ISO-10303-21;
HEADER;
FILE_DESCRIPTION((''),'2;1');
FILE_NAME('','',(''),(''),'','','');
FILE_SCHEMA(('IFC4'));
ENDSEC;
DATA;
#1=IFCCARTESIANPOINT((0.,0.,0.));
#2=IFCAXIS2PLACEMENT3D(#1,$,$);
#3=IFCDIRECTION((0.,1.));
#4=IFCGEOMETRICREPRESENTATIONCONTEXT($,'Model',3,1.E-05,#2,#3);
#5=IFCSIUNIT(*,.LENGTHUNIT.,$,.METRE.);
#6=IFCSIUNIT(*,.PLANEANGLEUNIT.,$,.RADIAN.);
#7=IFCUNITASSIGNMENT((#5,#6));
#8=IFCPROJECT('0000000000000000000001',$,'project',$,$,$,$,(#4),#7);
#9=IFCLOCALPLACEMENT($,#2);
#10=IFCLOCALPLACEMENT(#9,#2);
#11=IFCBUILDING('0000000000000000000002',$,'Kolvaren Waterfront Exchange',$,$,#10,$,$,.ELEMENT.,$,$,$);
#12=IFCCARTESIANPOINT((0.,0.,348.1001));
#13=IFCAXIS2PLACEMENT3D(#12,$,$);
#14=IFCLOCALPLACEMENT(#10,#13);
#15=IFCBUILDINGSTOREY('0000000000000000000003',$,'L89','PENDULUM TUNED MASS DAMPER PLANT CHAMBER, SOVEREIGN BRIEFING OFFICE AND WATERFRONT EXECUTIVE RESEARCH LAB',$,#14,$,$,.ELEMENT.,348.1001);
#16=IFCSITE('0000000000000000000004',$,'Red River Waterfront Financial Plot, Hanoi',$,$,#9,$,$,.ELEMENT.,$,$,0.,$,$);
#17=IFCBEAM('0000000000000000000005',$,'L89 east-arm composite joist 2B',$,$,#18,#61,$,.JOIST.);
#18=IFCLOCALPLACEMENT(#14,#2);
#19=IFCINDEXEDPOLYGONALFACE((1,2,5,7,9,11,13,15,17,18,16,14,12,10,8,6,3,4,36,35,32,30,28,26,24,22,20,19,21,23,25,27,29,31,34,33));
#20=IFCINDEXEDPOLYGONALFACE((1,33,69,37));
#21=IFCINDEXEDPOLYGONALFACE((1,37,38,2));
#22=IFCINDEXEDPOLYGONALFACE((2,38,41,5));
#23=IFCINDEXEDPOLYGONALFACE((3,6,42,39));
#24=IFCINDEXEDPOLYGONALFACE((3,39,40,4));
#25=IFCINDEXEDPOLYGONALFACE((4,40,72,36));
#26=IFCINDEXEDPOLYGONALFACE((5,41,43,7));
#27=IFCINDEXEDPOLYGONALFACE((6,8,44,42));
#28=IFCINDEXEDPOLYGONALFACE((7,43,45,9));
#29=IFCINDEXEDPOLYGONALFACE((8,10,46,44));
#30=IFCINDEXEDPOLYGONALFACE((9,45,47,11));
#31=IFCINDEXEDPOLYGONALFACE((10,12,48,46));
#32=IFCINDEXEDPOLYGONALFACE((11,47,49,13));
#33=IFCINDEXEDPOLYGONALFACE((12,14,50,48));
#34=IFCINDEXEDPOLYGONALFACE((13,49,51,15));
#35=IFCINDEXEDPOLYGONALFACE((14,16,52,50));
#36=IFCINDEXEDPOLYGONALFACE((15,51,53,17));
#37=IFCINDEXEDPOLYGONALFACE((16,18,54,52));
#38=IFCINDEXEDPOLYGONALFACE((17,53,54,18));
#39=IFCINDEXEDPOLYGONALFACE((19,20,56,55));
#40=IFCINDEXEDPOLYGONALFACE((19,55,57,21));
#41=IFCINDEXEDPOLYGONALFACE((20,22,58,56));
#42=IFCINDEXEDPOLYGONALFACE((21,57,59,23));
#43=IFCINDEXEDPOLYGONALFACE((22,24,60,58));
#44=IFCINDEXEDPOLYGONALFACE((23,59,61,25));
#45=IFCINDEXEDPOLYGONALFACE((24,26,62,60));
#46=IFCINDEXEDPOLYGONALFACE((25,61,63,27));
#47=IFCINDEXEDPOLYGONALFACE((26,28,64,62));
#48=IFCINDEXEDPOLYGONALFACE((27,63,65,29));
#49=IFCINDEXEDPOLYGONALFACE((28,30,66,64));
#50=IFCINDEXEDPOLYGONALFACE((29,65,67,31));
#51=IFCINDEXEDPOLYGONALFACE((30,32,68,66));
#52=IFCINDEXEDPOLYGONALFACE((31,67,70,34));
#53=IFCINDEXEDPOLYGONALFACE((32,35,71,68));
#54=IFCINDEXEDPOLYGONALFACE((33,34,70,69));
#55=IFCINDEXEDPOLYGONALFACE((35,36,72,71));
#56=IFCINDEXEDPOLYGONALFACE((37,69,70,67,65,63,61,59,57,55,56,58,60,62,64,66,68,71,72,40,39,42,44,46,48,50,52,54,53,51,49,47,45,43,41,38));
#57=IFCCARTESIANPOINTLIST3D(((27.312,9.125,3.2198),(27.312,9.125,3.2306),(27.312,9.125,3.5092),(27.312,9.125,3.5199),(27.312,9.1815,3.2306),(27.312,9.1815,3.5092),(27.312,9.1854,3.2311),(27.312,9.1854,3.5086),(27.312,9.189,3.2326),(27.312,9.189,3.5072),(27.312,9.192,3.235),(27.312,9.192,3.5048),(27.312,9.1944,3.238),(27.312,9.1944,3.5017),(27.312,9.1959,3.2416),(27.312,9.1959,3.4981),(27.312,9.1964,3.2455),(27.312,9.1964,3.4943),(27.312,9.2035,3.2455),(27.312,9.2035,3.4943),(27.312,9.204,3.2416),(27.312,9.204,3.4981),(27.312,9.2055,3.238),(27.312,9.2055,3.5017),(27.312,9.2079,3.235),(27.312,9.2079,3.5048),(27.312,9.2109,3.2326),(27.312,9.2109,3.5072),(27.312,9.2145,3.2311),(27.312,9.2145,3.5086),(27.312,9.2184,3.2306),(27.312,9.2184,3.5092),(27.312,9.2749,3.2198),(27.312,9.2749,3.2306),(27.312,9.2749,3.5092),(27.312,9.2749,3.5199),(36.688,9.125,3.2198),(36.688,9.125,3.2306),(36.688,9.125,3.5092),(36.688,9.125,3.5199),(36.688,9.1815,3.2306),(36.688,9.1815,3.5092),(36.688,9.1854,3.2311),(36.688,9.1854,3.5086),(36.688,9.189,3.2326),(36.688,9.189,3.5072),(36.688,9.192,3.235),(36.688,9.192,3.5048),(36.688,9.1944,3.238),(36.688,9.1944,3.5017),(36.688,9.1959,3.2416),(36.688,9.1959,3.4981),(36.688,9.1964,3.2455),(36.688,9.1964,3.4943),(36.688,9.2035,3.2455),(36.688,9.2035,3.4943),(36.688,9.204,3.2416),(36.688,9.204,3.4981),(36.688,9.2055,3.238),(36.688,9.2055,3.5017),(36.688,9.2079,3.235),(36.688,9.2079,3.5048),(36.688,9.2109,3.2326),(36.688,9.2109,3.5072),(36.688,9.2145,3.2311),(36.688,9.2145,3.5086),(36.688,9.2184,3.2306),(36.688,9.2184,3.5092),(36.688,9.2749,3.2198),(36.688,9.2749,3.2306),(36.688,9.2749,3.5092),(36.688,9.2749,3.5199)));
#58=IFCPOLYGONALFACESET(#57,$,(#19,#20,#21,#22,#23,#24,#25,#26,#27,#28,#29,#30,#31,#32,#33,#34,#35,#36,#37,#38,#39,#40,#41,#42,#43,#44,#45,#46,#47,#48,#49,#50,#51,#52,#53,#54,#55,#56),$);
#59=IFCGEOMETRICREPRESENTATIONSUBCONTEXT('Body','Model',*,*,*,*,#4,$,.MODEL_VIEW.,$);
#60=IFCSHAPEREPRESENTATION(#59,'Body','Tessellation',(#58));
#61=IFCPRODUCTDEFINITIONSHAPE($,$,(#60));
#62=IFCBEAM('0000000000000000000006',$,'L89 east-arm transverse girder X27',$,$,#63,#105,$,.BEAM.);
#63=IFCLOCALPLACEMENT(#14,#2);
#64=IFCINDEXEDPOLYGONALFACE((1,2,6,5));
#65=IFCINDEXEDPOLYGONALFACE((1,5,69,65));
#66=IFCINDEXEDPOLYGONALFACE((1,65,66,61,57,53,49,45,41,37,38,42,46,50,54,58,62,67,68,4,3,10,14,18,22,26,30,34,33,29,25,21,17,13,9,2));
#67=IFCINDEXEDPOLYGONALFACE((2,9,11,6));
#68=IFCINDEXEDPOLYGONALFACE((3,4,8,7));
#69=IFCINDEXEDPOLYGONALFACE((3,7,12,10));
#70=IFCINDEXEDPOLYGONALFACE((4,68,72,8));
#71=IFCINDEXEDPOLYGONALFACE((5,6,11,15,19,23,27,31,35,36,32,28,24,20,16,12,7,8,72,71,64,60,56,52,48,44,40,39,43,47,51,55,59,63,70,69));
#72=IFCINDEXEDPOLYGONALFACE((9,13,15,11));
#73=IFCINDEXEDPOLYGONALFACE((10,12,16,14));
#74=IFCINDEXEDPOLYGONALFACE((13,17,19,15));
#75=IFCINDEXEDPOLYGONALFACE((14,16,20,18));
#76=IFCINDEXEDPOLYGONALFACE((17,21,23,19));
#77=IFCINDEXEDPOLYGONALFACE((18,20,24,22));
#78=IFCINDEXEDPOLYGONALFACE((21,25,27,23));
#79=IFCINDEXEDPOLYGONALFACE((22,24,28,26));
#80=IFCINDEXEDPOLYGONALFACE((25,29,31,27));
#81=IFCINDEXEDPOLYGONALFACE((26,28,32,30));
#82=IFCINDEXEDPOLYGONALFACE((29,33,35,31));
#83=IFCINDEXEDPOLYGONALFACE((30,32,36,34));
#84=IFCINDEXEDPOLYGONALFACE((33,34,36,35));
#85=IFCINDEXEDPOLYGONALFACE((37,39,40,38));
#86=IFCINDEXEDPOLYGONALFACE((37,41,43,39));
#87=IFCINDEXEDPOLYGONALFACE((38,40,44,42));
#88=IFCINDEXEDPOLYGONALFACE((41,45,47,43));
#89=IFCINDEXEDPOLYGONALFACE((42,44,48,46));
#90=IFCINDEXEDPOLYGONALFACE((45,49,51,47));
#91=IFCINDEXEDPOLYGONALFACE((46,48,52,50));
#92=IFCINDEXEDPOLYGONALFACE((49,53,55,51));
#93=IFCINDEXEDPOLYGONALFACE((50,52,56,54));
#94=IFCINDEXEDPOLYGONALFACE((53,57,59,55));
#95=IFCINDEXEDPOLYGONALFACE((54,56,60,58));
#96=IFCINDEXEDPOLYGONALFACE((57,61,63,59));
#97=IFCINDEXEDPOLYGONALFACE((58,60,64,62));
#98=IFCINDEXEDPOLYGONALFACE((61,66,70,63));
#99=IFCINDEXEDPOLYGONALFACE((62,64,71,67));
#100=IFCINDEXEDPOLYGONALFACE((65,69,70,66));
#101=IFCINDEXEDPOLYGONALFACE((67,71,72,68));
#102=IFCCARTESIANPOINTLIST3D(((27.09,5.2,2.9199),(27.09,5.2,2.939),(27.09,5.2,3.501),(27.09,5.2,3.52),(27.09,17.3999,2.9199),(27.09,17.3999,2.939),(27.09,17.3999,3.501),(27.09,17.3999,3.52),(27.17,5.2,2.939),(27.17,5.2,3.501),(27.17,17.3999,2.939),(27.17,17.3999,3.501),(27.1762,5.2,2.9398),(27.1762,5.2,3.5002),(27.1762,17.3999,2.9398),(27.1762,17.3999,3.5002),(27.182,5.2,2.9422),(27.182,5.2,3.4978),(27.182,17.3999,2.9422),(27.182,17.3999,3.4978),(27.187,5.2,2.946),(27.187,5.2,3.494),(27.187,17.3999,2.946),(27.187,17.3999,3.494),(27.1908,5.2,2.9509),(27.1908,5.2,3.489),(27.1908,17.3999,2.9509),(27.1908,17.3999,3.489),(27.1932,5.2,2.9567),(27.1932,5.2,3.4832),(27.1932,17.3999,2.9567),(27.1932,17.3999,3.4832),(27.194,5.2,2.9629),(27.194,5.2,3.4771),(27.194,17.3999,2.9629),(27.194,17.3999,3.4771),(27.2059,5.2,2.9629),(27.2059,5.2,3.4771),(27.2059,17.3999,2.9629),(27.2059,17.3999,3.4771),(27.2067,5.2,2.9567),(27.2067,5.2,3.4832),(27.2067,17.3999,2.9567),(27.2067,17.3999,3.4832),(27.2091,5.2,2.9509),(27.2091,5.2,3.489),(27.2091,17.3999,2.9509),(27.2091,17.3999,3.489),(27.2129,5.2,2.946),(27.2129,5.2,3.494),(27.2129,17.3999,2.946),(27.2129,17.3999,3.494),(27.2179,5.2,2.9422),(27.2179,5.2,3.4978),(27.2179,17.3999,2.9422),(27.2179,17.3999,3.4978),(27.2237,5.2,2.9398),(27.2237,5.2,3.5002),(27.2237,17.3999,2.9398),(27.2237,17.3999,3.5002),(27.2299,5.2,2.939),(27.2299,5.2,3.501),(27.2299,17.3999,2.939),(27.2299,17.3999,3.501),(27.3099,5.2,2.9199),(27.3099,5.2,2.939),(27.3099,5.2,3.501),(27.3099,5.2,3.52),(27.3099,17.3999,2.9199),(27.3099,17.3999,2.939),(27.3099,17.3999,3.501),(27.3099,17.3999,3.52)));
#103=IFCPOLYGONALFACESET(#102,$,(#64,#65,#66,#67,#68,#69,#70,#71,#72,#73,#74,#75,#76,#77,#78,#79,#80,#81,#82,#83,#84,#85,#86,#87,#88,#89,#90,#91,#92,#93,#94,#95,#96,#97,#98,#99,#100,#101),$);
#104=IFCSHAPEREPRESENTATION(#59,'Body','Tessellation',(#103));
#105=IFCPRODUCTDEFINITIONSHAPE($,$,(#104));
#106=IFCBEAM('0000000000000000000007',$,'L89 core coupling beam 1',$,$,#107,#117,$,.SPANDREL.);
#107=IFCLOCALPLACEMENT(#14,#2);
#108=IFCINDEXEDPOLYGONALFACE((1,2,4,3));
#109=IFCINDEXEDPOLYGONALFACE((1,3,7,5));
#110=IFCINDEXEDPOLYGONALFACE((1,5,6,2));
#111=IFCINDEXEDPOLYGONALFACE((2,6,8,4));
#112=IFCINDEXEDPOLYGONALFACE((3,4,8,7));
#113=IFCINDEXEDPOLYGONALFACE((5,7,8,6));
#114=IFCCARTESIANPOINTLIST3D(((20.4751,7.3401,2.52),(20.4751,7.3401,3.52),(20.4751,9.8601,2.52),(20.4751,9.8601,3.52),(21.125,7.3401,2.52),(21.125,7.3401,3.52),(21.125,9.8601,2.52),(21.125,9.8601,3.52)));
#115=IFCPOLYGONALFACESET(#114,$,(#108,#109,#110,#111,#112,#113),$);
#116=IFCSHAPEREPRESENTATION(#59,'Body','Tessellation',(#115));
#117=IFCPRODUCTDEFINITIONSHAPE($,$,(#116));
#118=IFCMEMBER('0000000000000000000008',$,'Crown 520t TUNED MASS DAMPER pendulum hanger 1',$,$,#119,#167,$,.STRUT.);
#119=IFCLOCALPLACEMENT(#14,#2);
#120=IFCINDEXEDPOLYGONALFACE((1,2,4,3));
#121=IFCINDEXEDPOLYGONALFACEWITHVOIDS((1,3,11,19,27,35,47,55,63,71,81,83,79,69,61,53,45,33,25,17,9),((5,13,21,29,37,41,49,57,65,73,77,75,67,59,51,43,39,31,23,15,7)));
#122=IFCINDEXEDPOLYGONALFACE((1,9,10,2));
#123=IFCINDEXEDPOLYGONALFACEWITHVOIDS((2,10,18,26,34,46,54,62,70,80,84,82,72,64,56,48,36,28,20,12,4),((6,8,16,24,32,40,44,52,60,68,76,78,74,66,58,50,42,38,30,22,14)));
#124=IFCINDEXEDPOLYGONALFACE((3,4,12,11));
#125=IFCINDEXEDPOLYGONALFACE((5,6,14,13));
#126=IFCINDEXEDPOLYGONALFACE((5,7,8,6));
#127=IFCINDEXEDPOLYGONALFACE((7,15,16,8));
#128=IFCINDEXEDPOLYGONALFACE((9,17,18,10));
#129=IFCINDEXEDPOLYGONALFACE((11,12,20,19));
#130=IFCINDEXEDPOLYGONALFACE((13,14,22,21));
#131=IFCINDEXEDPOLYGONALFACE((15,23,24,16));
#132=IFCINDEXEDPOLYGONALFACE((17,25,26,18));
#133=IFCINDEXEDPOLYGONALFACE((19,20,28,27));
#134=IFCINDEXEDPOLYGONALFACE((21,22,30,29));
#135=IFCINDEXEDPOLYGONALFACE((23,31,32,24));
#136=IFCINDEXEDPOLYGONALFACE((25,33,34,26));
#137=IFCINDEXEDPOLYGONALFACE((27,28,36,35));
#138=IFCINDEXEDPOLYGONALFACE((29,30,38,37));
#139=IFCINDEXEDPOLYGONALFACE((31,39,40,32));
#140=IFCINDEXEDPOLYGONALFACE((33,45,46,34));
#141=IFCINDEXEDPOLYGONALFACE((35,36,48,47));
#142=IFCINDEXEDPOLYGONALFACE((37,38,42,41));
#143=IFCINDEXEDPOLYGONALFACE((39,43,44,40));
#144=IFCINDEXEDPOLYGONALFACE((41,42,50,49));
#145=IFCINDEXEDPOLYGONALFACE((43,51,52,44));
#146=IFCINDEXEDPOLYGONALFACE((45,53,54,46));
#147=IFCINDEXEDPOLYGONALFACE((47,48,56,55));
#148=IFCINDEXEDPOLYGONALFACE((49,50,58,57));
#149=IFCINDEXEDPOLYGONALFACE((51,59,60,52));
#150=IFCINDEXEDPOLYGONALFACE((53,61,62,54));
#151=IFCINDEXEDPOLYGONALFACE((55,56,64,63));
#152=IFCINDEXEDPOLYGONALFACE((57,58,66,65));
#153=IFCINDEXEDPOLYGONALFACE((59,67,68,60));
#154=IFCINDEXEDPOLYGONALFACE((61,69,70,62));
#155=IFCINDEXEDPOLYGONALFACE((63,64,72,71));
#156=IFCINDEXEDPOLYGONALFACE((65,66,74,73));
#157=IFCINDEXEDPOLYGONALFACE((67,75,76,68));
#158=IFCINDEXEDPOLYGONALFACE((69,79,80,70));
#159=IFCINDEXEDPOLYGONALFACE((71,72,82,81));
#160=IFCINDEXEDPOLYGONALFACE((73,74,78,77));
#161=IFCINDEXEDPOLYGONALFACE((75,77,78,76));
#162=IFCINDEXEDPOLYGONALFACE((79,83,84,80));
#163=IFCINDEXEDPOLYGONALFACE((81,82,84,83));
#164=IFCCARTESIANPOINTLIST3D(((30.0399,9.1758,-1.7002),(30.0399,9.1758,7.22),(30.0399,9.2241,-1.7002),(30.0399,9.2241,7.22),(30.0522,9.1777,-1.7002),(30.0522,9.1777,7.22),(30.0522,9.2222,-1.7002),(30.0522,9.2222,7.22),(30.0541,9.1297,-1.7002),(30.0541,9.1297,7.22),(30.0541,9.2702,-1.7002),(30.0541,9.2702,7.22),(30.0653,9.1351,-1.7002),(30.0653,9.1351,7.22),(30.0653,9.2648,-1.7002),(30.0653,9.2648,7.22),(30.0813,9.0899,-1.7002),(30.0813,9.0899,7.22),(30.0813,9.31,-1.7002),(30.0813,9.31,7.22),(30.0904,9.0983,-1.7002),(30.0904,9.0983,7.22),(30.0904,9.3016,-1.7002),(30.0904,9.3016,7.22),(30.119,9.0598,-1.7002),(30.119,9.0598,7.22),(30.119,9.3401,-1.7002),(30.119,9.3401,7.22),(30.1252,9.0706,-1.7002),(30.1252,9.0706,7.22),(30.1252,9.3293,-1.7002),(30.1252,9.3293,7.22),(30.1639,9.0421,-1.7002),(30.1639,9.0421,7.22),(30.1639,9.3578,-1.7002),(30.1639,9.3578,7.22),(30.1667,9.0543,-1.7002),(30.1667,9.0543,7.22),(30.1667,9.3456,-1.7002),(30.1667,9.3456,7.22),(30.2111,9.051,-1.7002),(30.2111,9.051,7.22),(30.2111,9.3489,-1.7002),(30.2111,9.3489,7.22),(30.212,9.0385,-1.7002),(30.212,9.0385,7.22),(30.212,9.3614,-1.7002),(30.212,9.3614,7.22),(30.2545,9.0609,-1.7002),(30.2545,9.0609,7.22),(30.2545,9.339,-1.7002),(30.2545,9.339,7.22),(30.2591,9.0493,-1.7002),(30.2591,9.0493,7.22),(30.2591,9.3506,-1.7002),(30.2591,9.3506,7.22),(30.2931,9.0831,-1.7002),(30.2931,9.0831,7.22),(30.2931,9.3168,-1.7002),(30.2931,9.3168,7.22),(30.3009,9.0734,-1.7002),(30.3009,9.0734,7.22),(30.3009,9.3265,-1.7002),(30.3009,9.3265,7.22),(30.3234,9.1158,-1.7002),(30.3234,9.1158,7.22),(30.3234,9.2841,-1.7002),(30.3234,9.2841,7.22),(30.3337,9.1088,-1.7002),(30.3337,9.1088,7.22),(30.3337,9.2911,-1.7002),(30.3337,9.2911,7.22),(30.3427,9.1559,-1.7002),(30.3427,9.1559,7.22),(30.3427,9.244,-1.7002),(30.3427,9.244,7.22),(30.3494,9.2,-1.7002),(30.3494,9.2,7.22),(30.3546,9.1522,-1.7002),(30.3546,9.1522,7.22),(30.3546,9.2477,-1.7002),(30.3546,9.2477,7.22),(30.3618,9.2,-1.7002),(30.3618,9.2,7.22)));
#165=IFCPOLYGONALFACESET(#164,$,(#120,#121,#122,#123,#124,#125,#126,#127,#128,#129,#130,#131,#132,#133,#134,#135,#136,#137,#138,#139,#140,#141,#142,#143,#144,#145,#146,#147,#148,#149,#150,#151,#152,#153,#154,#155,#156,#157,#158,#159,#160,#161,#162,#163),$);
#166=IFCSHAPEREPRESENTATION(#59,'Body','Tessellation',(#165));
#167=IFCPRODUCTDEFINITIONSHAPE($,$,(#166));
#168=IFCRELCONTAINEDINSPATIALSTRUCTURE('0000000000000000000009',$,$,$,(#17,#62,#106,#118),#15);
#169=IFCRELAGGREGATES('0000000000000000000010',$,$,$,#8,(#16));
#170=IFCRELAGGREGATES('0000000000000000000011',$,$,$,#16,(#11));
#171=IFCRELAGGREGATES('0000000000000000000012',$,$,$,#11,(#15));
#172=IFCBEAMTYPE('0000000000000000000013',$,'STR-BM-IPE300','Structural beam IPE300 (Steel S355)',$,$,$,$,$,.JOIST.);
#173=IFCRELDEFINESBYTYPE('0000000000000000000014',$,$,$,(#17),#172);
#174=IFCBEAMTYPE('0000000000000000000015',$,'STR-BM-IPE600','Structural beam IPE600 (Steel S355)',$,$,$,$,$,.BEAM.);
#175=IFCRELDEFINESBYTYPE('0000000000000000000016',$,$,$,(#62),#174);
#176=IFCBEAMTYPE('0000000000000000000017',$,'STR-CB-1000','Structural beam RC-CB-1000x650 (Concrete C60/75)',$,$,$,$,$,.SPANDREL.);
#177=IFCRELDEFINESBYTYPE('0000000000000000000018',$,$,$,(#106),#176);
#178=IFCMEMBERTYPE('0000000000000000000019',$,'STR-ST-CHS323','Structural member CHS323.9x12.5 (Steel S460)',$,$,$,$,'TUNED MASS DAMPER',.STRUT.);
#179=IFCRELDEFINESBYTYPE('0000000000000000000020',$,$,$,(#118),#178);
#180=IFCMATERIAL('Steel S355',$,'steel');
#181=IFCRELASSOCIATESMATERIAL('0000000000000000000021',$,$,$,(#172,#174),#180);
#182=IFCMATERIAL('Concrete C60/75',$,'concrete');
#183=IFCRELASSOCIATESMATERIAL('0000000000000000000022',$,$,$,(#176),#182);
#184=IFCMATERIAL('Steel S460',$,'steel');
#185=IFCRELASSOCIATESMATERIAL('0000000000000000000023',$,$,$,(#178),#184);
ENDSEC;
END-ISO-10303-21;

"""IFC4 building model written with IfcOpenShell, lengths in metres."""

from ifc_helpers import new_model, si_unit, direction, frame, origin, origin_2d, place, context, subcontext, project, spatial, rectangle, hollow_circle, i_section, extrude, material, material_profile, profile_set, type_object, element, save


model = new_model("IFC4")

# Units and contexts
model_context = context("Model", 3, precision=1e-05, world=origin(), true_north=direction((0.0, 1.0)))
body_context = subcontext(model_context, "Body", "Model", "MODEL_VIEW")
ifc_project = project(units=[si_unit("LENGTHUNIT", "METRE"), si_unit("PLANEANGLEUNIT", "RADIAN")], contexts=[model_context])

# Site, building, storey
site_placement = place(None, origin())
site = spatial("IfcSite", under=ifc_project, at=site_placement, Name="Red River Waterfront Financial Plot, Hanoi", CompositionType="ELEMENT", RefElevation=0.0)
building_placement = place(site_placement, origin())
building = spatial("IfcBuilding", under=site, at=building_placement, Name="Kolvaren Waterfront Exchange", CompositionType="ELEMENT")
storey_placement = place(building_placement, frame((0.0, 0.0, 348.1001)))
storey = spatial("IfcBuildingStorey", under=building, at=storey_placement, Name="L89", Description="PENDULUM TUNED MASS DAMPER PLANT CHAMBER, SOVEREIGN BRIEFING OFFICE AND WATERFRONT EXECUTIVE RESEARCH LAB", CompositionType="ELEMENT", Elevation=348.1001)

# Beams
ifc_material_1 = material(Name="Steel S355", Category="steel")
ifc_material_profile_1 = material_profile(ifc_material_1, i_section(OverallWidth=0.1499, OverallDepth=0.3, WebThickness=0.0071, FlangeThickness=0.0107, FilletRadius=0.0149, at=origin_2d()), Name="IPE300")
ifc_profile_set_1 = profile_set([ifc_material_profile_1], Name="Steel S355")
beam_type_1 = type_object("IfcBeamType", Name="STR-BM-IPE300", Description="Structural beam IPE300 (Steel S355)", PredefinedType="JOIST", material=ifc_profile_set_1)
beam_1_placement = place(storey_placement, frame((27.312, 9.2, 3.3699), z_axis=(1.0, 0.0, 0.0), x_axis=(0.0, 1.0, 0.0)))
element("IfcBeam", 1, at=beam_1_placement, inside=storey, type_object=beam_type_1, Name="L89 east-arm composite joist 2B", PredefinedType="JOIST", context=body_context, shape_type="SweptSolid", body=[
    extrude(i_section(OverallWidth=0.1499, OverallDepth=0.3, WebThickness=0.0071, FlangeThickness=0.0107, FilletRadius=0.0149, at=origin_2d()), origin(), (0.0, 0.0, 1.0), 9.376),
])
ifc_material_profile_2 = material_profile(ifc_material_1, i_section(OverallWidth=0.22, OverallDepth=0.6001, WebThickness=0.012, FlangeThickness=0.019, FilletRadius=0.0239, at=origin_2d()), Name="IPE600")
ifc_profile_set_2 = profile_set([ifc_material_profile_2], Name="Steel S355")
beam_type_2 = type_object("IfcBeamType", Name="STR-BM-IPE600", Description="Structural beam IPE600 (Steel S355)", PredefinedType="BEAM", material=ifc_profile_set_2)
beam_2_placement = place(storey_placement, frame((27.2, 5.2, 3.22), z_axis=(0.0, 1.0, 0.0), x_axis=(-1.0, 0.0, 0.0)))
element("IfcBeam", 2, at=beam_2_placement, inside=storey, type_object=beam_type_2, Name="L89 east-arm transverse girder X27", PredefinedType="BEAM", context=body_context, shape_type="SweptSolid", body=[
    extrude(i_section(OverallWidth=0.22, OverallDepth=0.6001, WebThickness=0.012, FlangeThickness=0.019, FilletRadius=0.0239, at=origin_2d()), origin(), (0.0, 0.0, 1.0), 12.2),
])
ifc_material_2 = material(Name="Concrete C60/75", Category="concrete")
ifc_material_profile_3 = material_profile(ifc_material_2, rectangle(XDim=0.6499, YDim=1.0, at=origin_2d()), Name="RC-CB-1000x650")
ifc_profile_set_3 = profile_set([ifc_material_profile_3], Name="Concrete C60/75")
beam_type_3 = type_object("IfcBeamType", Name="STR-CB-1000", Description="Structural beam RC-CB-1000x650 (Concrete C60/75)", PredefinedType="SPANDREL", material=ifc_profile_set_3)
beam_3_placement = place(storey_placement, frame((20.8, 7.3401, 3.02), z_axis=(0.0, 1.0, 0.0), x_axis=(-1.0, 0.0, 0.0)))
element("IfcBeam", 3, at=beam_3_placement, inside=storey, type_object=beam_type_3, Name="L89 core coupling beam 1", PredefinedType="SPANDREL", context=body_context, shape_type="SweptSolid", body=[
    extrude(rectangle(XDim=0.6499, YDim=1.0, at=origin_2d()), origin(), (0.0, 0.0, 1.0), 2.52),
])

# Member
ifc_material_3 = material(Name="Steel S460", Category="steel")
ifc_material_profile_4 = material_profile(ifc_material_3, hollow_circle(Radius=0.1619, WallThickness=0.0125, at=origin_2d()), Name="CHS323.9x12.5")
ifc_profile_set_4 = profile_set([ifc_material_profile_4], Name="Steel S460")
member_type_1 = type_object("IfcMemberType", Name="STR-ST-CHS323", Description="Structural member CHS323.9x12.5 (Steel S460)", ElementType="TUNED MASS DAMPER", PredefinedType="STRUT", material=ifc_profile_set_4)
for number, where, z_axis, x_axis, name in (
    (4, (30.2, 9.2, -1.7002), (0.0, 0.0, 1.0), (1.0, 0.0, 0.0), "Crown 520t TUNED MASS DAMPER pendulum hanger 1"),
):
    element("IfcMember", number, at=place(storey_placement, frame(where, z_axis=z_axis, x_axis=x_axis)), inside=storey, type_object=member_type_1, Name=name, PredefinedType="STRUT", context=body_context, shape_type="SweptSolid", body=[
        extrude(hollow_circle(Radius=0.1619, WallThickness=0.0125, at=origin_2d()), origin(), (0.0, 0.0, 1.0), 8.9202),
    ])

save(model, "model.ifc")
